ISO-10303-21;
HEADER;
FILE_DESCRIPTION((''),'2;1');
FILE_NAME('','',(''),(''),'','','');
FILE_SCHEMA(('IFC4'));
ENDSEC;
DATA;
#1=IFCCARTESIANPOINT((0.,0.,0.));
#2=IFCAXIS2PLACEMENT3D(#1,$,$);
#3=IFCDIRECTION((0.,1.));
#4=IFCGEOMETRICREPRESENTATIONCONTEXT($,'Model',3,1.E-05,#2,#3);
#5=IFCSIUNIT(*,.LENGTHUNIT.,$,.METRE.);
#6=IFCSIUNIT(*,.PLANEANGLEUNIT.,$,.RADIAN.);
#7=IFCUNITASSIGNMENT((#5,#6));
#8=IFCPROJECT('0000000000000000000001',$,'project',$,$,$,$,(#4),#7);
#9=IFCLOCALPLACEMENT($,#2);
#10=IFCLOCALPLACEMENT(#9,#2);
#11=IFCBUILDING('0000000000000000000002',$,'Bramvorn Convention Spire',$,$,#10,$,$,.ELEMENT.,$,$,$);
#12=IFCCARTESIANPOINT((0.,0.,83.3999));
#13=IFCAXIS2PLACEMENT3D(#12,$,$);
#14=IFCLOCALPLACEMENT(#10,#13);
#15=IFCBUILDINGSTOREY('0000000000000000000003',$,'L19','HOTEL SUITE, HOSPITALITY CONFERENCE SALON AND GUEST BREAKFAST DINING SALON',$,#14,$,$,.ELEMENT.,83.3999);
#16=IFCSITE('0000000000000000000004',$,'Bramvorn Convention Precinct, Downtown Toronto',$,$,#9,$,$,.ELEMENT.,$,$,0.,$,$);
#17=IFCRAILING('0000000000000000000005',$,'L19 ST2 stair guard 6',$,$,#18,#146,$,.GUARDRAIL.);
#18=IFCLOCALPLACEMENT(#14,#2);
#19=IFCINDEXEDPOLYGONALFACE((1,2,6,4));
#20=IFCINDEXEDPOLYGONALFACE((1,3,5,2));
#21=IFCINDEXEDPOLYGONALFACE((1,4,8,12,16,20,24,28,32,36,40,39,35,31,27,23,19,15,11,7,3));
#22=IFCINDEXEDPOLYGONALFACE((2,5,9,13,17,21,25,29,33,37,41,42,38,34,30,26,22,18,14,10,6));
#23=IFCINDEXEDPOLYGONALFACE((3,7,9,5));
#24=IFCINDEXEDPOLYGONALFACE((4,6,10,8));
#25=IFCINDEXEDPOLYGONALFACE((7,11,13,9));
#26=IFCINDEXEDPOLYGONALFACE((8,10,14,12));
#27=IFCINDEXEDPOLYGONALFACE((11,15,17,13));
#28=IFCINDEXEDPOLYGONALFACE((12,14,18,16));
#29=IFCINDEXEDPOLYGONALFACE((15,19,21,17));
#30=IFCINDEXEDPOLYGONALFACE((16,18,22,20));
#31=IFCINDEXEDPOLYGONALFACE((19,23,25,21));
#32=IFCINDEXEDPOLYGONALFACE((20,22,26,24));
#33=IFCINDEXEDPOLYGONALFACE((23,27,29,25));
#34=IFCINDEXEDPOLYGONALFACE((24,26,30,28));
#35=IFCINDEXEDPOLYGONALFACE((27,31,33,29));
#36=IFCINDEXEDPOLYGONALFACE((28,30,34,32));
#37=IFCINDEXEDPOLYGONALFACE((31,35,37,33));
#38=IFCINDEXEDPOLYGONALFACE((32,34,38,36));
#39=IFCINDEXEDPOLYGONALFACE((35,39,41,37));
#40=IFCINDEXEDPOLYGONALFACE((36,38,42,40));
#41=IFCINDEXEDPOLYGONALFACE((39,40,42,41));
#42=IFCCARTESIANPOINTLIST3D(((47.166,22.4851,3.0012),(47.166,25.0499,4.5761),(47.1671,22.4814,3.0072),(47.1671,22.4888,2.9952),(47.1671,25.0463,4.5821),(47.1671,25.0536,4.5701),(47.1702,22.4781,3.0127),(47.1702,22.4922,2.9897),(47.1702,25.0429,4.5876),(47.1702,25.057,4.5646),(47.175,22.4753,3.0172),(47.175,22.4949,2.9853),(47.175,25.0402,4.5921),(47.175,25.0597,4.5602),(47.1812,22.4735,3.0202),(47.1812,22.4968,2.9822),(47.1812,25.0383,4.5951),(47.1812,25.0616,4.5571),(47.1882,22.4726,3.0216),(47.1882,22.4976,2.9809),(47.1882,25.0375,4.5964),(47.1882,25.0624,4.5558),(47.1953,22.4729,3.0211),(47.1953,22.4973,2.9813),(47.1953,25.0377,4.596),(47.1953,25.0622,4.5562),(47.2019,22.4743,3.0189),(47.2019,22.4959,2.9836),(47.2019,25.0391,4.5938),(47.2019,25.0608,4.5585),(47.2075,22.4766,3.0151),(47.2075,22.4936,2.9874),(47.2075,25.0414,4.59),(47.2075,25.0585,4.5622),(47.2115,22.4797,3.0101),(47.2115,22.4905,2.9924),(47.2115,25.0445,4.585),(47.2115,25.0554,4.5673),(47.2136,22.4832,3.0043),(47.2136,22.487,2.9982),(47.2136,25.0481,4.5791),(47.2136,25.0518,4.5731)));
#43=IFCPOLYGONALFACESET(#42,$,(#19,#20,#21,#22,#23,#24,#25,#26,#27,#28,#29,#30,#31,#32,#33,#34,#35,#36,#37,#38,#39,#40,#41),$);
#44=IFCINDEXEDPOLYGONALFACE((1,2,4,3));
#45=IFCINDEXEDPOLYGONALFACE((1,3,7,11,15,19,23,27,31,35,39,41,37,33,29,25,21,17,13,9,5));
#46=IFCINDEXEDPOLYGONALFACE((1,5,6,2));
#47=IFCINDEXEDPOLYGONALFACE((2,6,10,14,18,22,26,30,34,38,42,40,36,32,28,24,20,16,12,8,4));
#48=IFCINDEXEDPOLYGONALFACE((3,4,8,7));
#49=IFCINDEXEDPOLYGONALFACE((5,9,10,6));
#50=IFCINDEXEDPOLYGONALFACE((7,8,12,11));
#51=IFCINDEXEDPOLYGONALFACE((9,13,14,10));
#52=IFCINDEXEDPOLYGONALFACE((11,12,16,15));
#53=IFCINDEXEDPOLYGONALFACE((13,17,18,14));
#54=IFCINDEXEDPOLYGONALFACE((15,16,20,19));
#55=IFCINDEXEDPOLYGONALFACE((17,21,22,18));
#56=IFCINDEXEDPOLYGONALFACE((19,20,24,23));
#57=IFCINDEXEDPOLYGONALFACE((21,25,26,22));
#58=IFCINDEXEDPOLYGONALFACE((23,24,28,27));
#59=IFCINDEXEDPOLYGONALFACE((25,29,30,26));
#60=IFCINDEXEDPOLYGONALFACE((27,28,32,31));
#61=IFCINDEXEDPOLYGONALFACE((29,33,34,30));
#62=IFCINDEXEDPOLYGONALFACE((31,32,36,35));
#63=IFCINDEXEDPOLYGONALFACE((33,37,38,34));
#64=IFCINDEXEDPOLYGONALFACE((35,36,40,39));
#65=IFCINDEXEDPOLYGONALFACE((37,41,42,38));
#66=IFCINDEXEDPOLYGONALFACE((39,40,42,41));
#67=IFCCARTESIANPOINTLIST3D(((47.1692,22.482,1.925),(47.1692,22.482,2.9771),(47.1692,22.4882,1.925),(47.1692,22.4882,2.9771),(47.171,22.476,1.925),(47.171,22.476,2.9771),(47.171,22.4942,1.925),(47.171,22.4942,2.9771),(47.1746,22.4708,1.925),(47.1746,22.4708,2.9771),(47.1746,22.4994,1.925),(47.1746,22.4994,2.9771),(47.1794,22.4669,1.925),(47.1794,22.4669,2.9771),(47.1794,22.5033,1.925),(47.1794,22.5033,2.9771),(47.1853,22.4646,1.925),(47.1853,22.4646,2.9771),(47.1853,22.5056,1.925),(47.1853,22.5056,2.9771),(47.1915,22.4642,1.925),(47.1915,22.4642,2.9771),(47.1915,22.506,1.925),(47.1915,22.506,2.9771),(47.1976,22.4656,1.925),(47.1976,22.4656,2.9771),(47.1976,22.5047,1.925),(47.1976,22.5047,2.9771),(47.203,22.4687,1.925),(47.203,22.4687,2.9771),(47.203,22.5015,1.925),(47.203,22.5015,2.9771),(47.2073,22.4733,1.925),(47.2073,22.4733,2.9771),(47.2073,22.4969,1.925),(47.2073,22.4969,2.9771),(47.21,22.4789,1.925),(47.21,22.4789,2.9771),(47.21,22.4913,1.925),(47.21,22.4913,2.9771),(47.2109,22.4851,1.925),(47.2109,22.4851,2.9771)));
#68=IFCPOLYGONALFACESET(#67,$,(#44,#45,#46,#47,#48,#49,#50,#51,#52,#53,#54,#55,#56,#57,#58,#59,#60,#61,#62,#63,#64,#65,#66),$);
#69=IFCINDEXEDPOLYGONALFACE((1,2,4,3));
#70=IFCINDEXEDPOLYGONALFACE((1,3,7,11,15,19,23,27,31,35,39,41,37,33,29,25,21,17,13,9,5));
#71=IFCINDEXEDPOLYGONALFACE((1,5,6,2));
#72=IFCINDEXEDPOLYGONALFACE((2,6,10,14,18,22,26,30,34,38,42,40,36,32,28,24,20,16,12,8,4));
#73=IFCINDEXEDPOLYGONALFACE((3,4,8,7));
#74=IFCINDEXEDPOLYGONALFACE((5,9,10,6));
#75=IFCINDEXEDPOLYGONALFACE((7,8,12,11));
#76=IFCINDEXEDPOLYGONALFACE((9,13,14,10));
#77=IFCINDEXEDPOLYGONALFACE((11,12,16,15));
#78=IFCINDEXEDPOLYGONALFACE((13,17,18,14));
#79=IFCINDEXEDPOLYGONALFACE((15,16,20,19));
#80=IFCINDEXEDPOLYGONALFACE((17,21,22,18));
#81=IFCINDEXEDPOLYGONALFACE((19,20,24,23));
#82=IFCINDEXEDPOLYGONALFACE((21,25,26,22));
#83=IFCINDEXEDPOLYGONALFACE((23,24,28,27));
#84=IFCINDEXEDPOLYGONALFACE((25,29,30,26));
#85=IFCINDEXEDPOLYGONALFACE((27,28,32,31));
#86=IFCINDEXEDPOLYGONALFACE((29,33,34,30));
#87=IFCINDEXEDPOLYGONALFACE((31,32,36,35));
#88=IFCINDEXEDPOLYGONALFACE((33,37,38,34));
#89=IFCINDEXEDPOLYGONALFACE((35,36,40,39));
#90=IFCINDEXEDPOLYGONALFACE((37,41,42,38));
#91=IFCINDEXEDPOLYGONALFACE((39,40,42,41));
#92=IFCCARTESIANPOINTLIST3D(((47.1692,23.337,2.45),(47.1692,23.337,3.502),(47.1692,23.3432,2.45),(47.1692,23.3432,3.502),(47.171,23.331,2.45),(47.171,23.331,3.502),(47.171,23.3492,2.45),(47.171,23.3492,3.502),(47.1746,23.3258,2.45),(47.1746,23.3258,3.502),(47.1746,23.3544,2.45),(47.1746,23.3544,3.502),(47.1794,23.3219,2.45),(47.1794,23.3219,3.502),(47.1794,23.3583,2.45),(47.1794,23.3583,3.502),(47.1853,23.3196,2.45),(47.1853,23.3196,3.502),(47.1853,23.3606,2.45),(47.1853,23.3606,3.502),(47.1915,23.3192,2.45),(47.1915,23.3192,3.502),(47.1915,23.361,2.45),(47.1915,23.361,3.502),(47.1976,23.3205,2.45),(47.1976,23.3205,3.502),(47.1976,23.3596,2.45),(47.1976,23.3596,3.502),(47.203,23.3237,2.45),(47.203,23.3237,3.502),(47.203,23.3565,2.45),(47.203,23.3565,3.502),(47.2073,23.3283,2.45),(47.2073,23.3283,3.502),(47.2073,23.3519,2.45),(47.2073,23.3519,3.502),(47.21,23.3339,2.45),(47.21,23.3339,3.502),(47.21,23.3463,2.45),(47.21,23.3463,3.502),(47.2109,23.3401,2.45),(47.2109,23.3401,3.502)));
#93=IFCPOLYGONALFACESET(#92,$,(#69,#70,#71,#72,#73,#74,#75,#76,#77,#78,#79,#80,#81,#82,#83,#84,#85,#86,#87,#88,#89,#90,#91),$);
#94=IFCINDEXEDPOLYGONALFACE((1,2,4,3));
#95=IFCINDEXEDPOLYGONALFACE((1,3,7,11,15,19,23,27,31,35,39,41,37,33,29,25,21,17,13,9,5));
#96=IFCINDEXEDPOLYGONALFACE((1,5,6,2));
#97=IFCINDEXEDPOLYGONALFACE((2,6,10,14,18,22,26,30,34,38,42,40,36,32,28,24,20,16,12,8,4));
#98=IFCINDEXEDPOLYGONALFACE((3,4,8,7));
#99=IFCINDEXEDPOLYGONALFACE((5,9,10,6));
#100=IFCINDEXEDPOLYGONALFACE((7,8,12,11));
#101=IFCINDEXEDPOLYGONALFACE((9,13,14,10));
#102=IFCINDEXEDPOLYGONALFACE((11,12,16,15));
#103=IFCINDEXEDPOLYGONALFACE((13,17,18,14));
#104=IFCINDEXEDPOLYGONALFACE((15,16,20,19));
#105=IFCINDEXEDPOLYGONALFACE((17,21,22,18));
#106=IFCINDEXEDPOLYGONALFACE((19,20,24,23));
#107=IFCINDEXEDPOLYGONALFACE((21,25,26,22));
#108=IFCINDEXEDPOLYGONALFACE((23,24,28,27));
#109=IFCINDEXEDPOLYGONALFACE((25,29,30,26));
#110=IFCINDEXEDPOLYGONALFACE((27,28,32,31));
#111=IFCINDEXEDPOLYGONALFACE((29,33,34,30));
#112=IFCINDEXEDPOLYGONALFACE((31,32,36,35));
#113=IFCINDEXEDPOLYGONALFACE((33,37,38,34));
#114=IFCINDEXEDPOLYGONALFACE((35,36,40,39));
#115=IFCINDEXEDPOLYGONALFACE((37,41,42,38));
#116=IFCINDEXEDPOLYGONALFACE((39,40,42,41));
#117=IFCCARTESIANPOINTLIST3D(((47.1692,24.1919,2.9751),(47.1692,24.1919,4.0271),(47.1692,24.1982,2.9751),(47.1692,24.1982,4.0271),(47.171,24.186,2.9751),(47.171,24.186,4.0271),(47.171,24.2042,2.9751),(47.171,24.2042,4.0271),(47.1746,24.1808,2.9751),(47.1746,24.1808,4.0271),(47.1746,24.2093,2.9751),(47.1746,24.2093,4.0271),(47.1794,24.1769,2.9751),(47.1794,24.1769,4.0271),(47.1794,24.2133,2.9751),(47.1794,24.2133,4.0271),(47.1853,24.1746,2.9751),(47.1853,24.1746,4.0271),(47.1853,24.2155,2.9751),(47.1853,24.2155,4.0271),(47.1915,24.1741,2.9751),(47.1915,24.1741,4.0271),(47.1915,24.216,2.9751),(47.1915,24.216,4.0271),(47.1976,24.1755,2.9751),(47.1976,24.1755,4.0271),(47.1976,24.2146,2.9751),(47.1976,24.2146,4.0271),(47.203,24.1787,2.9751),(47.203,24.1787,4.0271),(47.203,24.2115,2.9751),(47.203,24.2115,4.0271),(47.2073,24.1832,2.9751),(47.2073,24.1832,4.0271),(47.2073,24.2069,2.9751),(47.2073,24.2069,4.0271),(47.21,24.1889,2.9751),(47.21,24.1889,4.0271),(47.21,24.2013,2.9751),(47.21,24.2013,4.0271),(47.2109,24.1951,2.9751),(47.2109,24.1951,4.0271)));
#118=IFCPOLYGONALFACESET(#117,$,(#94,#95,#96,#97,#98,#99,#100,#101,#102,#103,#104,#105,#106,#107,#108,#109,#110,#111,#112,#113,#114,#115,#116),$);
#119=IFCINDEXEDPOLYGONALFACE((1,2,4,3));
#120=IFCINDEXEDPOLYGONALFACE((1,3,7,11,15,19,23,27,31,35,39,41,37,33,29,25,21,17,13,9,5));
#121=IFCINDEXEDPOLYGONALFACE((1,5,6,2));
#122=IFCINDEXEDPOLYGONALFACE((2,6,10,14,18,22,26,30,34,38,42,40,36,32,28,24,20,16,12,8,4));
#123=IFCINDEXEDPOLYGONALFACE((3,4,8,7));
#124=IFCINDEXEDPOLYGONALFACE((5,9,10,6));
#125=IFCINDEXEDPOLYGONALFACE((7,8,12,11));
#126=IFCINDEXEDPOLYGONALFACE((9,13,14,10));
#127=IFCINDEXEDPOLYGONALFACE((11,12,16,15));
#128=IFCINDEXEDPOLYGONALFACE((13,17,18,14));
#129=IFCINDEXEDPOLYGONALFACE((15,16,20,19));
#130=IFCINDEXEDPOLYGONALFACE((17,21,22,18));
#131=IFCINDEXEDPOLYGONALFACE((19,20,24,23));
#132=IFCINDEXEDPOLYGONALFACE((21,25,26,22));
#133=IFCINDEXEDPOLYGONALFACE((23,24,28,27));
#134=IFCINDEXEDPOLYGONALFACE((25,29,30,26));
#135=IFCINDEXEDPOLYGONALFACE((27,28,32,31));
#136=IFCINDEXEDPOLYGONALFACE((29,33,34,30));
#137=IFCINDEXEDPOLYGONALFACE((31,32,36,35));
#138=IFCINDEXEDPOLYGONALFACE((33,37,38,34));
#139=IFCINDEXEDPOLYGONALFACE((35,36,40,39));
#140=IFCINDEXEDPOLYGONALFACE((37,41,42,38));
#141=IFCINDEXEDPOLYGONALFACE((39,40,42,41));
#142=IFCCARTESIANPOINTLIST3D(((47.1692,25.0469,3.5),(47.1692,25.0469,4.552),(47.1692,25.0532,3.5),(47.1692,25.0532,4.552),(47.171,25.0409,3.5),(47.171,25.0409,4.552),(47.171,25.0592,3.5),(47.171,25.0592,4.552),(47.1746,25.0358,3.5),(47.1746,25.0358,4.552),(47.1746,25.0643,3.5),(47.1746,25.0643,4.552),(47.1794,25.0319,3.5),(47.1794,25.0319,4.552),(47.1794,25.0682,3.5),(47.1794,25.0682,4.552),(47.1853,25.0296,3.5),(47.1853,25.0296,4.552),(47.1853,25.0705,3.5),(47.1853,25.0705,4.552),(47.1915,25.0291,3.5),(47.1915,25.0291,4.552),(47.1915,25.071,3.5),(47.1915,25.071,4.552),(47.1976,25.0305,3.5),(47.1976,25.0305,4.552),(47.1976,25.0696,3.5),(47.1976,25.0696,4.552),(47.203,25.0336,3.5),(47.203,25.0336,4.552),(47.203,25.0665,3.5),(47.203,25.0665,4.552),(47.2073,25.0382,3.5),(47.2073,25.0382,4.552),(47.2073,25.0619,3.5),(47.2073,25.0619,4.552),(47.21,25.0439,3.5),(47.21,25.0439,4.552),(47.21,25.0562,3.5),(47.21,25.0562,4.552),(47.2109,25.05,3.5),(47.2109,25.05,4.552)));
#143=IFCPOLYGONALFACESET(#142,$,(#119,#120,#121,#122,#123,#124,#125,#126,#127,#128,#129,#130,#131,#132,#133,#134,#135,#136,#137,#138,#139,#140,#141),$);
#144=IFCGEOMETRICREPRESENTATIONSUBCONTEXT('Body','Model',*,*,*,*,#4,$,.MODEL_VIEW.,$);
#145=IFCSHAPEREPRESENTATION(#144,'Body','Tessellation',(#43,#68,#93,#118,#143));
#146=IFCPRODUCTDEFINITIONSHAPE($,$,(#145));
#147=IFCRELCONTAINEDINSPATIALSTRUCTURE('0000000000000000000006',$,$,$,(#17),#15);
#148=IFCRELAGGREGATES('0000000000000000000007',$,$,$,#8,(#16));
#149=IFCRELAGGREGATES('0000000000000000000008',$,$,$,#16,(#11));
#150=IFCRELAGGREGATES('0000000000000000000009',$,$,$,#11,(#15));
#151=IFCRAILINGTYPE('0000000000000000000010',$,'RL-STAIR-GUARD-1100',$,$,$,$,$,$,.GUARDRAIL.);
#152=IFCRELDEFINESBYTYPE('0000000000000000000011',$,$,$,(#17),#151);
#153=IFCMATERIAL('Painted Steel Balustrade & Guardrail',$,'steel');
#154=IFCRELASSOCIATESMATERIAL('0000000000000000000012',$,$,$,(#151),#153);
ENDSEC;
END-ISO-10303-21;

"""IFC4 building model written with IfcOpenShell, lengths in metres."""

from ifc_helpers import new_model, si_unit, direction, frame, origin, origin_2d, place, context, subcontext, project, spatial, circle, extrude, material, type_object, element, save


model = new_model("IFC4")

# Units and contexts
model_context = context("Model", 3, precision=1e-05, world=origin(), true_north=direction((0.0, 1.0)))
body_context = subcontext(model_context, "Body", "Model", "MODEL_VIEW")
ifc_project = project(units=[si_unit("LENGTHUNIT", "METRE"), si_unit("PLANEANGLEUNIT", "RADIAN")], contexts=[model_context])

# Site, building, storey
site_placement = place(None, origin())
site = spatial("IfcSite", under=ifc_project, at=site_placement, Name="Bramvorn Convention Precinct, Downtown Toronto", CompositionType="ELEMENT", RefElevation=0.0)
building_placement = place(site_placement, origin())
building = spatial("IfcBuilding", under=site, at=building_placement, Name="Bramvorn Convention Spire", CompositionType="ELEMENT")
storey_placement = place(building_placement, frame((0.0, 0.0, 83.3999)))
storey = spatial("IfcBuildingStorey", under=building, at=storey_placement, Name="L19", Description="HOTEL SUITE, HOSPITALITY CONFERENCE SALON AND GUEST BREAKFAST DINING SALON", CompositionType="ELEMENT", Elevation=83.3999)

# Railing
ifc_material_1 = material(Name="Painted Steel Balustrade & Guardrail", Category="steel")
railing_type = type_object("IfcRailingType", Name="RL-STAIR-GUARD-1100", PredefinedType="GUARDRAIL", material=ifc_material_1)
railing_1_placement = place(storey_placement, frame((47.1899, 22.4851, 1.925)))
element("IfcRailing", 1, at=railing_1_placement, inside=storey, type_object=railing_type, Name="L19 ST2 stair guard 6", PredefinedType="GUARDRAIL", context=body_context, shape_type="SweptSolid", body=[
    extrude(circle(Radius=0.0239, at=origin_2d()), frame((0.0, 0.0, 1.0762), z_axis=(0.0, 0.852173, 0.52326), x_axis=(-1.0, 0.0, 0.0)), (0.0, 0.0, 1.0), 3.0098),
    extrude(circle(Radius=0.021, at=origin_2d()), origin(), (0.0, 0.0, 1.0), 1.052),
    extrude(circle(Radius=0.021, at=origin_2d()), frame((0.0, 0.855, 0.5249)), (0.0, 0.0, 1.0), 1.052),
    extrude(circle(Radius=0.021, at=origin_2d()), frame((0.0, 1.71, 1.05)), (0.0, 0.0, 1.0), 1.052),
    extrude(circle(Radius=0.021, at=origin_2d()), frame((0.0, 2.5649, 1.575)), (0.0, 0.0, 1.0), 1.052),
])

save(model, "model.ifc")
